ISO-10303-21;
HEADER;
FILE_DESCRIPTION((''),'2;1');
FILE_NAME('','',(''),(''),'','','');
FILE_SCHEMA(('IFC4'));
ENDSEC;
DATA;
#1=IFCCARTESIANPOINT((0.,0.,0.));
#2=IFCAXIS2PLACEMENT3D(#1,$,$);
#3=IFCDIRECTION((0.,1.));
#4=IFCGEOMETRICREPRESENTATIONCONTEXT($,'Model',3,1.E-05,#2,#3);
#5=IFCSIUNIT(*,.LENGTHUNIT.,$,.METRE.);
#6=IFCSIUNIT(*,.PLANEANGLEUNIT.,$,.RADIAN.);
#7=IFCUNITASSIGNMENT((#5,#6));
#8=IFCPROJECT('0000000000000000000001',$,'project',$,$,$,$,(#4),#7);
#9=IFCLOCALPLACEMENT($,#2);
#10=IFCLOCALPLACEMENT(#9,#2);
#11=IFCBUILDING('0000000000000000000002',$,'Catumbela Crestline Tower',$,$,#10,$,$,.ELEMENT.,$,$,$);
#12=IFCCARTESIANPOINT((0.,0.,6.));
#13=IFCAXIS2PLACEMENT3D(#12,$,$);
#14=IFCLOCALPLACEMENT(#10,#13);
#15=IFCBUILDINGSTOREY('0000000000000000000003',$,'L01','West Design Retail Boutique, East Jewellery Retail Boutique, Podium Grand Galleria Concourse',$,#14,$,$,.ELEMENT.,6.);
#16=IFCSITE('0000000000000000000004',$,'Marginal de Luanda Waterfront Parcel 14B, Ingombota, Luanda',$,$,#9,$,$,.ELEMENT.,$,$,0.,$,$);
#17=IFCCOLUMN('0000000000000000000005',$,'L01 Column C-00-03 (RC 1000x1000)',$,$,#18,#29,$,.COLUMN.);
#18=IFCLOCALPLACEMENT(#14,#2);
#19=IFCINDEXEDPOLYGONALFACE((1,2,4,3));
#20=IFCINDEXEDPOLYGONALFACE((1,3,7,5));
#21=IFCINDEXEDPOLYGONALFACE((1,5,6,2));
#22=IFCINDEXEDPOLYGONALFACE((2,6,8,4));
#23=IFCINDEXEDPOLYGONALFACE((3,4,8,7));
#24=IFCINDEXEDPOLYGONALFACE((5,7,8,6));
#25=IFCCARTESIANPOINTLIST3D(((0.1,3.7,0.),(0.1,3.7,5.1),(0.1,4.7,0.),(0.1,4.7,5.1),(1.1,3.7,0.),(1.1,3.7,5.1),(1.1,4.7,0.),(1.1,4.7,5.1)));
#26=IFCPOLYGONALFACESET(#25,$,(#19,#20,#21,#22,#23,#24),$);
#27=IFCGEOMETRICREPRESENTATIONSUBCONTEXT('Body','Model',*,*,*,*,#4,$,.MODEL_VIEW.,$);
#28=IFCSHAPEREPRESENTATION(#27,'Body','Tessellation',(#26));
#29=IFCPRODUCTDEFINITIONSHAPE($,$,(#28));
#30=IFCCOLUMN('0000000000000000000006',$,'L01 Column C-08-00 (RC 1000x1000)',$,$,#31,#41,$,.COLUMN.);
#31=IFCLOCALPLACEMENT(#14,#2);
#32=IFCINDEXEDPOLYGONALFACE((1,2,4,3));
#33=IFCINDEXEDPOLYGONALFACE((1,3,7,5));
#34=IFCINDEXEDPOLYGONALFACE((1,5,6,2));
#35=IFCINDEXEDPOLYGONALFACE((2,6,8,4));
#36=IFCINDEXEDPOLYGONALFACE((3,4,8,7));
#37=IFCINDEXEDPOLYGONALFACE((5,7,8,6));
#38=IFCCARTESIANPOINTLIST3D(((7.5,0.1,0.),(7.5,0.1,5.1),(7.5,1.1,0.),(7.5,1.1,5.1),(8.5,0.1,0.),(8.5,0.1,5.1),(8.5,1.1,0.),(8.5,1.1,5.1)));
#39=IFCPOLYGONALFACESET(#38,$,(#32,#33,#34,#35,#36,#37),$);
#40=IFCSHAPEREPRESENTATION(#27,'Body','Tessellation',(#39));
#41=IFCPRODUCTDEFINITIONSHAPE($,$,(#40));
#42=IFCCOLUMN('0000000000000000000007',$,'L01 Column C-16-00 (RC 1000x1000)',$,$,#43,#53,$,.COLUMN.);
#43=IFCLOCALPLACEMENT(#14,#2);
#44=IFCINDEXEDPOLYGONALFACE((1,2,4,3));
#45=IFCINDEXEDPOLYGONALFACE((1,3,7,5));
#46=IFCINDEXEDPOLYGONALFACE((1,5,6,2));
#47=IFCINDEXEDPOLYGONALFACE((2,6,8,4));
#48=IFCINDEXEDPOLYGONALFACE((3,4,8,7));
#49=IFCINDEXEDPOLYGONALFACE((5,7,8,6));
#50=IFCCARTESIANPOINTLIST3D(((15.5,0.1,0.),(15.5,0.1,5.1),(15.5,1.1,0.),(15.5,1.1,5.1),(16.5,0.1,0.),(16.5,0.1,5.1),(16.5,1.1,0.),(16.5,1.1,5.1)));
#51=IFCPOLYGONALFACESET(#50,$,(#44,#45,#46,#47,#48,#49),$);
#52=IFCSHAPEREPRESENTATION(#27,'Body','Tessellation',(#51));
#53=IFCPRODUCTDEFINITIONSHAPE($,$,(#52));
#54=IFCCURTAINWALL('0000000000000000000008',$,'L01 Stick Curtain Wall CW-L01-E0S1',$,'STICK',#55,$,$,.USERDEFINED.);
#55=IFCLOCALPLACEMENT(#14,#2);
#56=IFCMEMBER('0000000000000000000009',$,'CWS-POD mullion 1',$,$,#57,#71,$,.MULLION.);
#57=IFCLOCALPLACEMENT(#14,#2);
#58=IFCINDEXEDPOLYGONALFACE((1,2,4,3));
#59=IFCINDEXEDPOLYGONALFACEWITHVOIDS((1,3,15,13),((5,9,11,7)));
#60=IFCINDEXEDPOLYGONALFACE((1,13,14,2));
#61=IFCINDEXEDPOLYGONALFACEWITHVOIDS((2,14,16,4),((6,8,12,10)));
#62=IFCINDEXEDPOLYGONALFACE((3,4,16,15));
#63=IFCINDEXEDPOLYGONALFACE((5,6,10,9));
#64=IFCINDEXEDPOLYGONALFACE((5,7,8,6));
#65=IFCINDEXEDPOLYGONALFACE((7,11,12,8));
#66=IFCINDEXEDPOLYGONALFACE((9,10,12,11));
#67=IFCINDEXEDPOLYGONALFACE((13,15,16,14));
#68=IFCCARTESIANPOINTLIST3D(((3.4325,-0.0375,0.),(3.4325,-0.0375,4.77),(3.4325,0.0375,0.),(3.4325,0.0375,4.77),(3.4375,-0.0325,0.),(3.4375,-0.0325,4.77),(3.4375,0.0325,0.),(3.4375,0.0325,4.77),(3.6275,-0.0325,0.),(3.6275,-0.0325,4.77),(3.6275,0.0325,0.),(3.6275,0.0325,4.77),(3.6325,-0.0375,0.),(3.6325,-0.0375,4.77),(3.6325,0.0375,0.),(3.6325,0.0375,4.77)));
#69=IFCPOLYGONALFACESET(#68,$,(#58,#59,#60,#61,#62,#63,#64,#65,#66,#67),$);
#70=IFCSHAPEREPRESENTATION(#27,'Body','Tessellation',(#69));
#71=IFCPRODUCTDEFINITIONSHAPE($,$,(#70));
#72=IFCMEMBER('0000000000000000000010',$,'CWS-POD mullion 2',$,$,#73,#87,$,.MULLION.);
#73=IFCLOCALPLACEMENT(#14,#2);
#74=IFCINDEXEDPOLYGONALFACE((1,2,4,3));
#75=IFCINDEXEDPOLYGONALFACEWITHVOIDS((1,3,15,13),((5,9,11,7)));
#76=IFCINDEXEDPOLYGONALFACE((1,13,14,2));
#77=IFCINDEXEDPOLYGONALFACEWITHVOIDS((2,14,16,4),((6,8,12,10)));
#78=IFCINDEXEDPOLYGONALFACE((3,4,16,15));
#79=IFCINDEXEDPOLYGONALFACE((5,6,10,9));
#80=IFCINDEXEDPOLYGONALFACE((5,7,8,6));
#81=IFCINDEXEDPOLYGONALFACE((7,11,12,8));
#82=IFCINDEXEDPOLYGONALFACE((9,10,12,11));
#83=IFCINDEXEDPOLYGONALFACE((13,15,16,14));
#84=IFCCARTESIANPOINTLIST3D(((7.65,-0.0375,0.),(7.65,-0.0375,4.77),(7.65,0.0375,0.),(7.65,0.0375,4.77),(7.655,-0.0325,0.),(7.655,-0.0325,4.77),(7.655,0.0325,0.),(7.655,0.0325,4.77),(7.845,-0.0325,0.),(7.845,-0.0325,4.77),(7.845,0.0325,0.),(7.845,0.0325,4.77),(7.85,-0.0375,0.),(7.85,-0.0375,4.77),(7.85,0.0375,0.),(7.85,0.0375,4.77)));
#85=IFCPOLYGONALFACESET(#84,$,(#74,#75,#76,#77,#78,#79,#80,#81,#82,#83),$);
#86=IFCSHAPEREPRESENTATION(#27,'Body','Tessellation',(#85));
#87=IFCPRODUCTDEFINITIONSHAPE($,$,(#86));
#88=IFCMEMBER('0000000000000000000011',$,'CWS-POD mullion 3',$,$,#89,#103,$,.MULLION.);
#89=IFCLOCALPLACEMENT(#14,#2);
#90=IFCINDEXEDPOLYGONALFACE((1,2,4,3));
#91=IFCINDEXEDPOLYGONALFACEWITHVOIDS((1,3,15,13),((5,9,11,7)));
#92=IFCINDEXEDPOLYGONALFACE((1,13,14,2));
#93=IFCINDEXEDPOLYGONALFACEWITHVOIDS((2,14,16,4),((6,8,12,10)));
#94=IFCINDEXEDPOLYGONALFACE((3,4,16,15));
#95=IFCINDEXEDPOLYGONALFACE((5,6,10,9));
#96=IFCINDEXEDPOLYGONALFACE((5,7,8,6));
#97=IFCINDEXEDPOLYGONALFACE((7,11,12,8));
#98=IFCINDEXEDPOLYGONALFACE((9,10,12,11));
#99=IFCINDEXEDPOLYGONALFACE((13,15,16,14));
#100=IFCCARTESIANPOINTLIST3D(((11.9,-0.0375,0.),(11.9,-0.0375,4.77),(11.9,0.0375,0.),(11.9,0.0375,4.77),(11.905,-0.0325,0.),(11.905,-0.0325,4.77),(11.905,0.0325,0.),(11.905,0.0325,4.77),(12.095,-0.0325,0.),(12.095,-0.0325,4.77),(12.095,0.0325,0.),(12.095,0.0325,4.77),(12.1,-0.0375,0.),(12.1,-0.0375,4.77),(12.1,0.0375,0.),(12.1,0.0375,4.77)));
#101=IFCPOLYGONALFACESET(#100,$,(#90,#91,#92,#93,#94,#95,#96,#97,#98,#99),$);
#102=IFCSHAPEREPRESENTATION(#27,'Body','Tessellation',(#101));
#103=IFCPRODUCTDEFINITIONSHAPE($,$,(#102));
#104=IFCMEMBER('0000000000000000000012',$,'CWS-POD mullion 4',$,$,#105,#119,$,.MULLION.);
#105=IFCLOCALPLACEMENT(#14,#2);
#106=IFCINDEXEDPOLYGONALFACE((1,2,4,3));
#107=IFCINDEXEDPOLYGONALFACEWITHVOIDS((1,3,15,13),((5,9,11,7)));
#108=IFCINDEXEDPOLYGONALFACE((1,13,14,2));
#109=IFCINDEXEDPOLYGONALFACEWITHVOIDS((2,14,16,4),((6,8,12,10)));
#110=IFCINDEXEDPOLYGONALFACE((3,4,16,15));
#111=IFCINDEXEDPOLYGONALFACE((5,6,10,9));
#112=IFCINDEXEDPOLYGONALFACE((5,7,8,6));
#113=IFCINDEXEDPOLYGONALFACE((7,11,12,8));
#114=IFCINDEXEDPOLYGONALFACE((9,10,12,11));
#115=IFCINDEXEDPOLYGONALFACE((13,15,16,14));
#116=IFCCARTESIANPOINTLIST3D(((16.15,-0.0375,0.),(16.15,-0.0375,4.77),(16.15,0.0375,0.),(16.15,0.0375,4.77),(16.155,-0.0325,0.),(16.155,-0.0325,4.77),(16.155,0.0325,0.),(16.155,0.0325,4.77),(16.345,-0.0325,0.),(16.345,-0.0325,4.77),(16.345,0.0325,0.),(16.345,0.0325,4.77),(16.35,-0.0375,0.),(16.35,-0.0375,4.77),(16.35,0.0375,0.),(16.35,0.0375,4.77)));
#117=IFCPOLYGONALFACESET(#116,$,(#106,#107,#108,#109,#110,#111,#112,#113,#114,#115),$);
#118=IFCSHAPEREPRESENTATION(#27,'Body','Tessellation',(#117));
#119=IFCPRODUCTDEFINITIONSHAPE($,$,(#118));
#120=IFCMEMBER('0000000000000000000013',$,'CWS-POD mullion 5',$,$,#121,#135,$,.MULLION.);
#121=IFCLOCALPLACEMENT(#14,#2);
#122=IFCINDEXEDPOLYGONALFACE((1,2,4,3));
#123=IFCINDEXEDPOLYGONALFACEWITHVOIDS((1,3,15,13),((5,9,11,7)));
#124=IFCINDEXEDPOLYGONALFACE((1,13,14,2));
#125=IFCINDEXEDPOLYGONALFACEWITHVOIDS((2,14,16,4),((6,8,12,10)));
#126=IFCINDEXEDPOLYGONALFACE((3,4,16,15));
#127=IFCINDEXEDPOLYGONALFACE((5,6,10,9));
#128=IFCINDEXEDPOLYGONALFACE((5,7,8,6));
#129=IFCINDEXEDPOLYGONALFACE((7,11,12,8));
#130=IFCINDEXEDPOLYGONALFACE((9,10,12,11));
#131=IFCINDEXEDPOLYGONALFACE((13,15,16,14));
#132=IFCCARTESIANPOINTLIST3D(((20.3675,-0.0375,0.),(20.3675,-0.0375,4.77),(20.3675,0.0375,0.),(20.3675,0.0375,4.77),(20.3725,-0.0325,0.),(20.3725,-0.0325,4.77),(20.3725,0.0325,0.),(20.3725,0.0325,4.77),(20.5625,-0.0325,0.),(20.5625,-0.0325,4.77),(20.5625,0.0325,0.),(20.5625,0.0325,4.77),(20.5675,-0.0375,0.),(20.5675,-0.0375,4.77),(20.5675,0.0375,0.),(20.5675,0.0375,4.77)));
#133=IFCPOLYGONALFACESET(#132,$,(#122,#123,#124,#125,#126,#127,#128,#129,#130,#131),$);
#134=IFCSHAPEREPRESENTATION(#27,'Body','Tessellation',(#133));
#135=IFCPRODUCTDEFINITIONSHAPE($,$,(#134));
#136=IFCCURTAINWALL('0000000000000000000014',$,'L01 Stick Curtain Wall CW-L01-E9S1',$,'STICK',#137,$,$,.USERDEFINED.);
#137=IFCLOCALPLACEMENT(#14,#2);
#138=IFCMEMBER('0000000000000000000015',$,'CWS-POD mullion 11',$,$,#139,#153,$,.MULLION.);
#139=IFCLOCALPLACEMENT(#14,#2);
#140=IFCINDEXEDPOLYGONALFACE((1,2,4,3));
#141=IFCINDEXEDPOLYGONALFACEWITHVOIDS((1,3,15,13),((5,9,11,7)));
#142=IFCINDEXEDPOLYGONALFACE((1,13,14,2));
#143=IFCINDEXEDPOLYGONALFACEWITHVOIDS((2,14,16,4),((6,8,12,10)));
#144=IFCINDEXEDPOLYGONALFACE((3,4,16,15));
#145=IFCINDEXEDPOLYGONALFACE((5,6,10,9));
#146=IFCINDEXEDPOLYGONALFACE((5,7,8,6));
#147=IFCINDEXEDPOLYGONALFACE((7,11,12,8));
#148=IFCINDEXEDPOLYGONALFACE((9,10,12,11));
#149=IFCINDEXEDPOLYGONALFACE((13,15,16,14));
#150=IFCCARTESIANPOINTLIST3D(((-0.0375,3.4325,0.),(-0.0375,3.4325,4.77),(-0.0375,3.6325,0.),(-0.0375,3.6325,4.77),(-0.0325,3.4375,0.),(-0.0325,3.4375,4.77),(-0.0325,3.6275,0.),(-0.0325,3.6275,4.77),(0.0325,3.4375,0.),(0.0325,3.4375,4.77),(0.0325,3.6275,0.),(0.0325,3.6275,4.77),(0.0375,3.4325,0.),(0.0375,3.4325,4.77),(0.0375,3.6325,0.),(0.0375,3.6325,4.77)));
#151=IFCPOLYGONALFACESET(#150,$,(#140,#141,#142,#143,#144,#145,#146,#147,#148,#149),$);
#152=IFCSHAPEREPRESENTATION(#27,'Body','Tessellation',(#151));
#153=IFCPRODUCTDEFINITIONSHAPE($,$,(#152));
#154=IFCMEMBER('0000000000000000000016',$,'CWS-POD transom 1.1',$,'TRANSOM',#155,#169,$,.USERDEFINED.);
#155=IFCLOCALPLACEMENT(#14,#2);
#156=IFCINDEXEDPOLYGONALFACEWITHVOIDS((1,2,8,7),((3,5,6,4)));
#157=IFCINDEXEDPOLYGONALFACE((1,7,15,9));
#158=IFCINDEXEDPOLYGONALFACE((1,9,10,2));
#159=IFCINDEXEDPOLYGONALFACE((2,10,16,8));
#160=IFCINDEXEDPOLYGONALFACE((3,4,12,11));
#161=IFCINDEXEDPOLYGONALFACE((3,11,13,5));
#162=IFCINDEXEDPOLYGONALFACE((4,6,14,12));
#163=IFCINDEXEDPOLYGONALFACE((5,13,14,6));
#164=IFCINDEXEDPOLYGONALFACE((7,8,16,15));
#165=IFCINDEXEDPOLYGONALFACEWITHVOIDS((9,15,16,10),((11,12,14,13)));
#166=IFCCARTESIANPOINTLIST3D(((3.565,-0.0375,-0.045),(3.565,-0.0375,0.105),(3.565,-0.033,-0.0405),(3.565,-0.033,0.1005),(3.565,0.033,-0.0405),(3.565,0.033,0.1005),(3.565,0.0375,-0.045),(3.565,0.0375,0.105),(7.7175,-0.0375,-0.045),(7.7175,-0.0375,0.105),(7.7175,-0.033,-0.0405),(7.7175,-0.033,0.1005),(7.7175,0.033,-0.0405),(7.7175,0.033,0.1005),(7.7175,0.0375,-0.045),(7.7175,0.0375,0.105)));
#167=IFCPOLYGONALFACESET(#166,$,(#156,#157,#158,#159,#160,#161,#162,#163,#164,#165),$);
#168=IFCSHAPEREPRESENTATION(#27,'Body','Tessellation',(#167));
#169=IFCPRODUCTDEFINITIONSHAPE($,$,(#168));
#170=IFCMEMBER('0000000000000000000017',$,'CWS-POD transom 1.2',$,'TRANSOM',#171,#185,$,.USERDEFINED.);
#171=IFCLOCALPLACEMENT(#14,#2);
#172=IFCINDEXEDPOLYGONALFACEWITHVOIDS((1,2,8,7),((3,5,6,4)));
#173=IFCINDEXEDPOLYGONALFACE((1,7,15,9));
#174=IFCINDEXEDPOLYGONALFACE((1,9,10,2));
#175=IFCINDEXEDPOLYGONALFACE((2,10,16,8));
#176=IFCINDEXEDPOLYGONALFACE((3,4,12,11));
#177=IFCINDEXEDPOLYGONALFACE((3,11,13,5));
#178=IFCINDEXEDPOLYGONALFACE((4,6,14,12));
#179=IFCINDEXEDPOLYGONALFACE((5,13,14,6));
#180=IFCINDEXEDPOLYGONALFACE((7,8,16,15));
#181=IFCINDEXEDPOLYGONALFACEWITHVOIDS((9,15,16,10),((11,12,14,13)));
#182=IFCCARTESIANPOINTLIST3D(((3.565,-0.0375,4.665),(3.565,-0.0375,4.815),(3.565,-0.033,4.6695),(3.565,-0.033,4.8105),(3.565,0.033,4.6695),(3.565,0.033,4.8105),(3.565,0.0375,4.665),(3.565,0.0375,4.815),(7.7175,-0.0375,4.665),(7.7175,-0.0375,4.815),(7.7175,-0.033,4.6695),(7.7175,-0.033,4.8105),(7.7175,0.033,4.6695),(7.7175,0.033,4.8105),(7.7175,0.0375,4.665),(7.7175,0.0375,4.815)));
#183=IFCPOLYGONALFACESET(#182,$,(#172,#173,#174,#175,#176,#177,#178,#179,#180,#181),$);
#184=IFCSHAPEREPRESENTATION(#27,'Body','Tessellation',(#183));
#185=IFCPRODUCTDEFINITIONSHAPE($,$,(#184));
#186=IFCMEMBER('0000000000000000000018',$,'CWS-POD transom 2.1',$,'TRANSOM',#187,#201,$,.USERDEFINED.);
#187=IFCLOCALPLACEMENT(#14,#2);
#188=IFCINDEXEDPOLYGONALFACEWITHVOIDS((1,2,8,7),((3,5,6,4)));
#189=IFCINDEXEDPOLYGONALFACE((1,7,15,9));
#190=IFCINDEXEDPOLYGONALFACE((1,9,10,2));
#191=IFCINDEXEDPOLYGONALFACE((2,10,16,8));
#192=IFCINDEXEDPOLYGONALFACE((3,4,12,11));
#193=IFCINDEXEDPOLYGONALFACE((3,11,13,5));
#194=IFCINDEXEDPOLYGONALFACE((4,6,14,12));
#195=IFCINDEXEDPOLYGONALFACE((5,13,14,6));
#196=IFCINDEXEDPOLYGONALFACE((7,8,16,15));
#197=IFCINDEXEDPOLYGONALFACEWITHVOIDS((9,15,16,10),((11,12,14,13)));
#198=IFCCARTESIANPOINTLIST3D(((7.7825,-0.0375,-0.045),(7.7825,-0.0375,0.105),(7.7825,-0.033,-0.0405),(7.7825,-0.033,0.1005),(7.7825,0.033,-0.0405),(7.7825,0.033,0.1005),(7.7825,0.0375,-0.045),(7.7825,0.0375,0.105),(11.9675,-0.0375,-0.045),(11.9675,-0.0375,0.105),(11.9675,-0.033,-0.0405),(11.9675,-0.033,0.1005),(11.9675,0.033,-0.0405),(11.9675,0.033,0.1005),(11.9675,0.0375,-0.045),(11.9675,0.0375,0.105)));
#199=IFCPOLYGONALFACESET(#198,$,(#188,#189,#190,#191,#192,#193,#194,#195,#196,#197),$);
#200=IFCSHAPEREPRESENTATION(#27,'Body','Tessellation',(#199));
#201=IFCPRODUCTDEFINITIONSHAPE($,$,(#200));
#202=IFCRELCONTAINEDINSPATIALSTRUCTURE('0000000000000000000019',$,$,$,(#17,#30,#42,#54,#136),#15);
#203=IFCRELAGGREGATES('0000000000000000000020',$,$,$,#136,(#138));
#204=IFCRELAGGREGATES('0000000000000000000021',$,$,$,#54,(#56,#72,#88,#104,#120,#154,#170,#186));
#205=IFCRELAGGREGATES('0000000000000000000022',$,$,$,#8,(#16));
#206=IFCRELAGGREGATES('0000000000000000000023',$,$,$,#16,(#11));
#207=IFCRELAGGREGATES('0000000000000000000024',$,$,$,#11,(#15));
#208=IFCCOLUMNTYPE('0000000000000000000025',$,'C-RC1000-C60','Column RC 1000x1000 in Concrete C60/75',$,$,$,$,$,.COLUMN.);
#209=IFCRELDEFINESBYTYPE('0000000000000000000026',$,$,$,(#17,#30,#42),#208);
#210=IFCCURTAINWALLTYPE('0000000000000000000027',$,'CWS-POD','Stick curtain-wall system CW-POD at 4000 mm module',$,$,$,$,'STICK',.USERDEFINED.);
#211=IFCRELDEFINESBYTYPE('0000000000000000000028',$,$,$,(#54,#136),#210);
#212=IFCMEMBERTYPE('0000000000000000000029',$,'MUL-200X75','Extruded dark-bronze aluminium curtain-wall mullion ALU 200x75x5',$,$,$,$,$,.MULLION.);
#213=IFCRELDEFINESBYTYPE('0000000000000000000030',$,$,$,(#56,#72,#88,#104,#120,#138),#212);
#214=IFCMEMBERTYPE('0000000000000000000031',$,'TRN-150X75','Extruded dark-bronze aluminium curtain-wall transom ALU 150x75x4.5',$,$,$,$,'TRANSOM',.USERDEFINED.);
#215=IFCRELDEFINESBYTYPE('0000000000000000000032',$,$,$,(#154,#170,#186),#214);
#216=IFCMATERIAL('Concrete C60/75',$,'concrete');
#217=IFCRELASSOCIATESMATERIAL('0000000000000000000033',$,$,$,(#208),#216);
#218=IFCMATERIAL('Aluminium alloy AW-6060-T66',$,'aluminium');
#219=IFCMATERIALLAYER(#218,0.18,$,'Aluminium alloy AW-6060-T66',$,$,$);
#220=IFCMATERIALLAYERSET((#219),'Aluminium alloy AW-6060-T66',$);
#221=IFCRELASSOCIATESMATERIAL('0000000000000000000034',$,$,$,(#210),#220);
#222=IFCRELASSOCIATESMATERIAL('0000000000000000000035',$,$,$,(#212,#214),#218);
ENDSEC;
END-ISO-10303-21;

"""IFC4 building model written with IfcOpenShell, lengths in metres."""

from ifc_helpers import new_model, si_unit, direction, frame, origin, origin_2d, place, context, subcontext, project, spatial, rectangle, hollow_rectangle, extrude, material, layer, layer_set, material_profile, profile_set, type_object, element, aggregate, save


model = new_model("IFC4")

# Units and contexts
model_context = context("Model", 3, precision=1e-05, world=origin(), true_north=direction((0.0, 1.0)))
body_context = subcontext(model_context, "Body", "Model", "MODEL_VIEW")
ifc_project = project(units=[si_unit("LENGTHUNIT", "METRE"), si_unit("PLANEANGLEUNIT", "RADIAN")], contexts=[model_context])

# Site, building, storey
site_placement = place(None, origin())
site = spatial("IfcSite", under=ifc_project, at=site_placement, Name="Marginal de Luanda Waterfront Parcel 14B, Ingombota, Luanda", CompositionType="ELEMENT", RefElevation=0.0)
building_placement = place(site_placement, origin())
building = spatial("IfcBuilding", under=site, at=building_placement, Name="Catumbela Crestline Tower", CompositionType="ELEMENT")
storey_placement = place(building_placement, frame((0.0, 0.0, 6.0)))
storey = spatial("IfcBuildingStorey", under=building, at=storey_placement, Name="L01", Description="West Design Retail Boutique, East Jewellery Retail Boutique, Podium Grand Galleria Concourse", CompositionType="ELEMENT", Elevation=6.0)

# Columns
ifc_material_1 = material(Name="Concrete C60/75", Category="concrete")
ifc_material_profile_1 = material_profile(ifc_material_1, rectangle(XDim=1.0, YDim=1.0, at=origin_2d()), Name="RC 1000x1000")
ifc_profile_set_1 = profile_set([ifc_material_profile_1], Name="Concrete C60/75")
column_type = type_object("IfcColumnType", Name="C-RC1000-C60", Description="Column RC 1000x1000 in Concrete C60/75", PredefinedType="COLUMN", material=ifc_profile_set_1)
for number, where, z_axis, x_axis, name in (
    (1, (0.6, 4.2, 0.0), (0.0, 0.0, 1.0), (1.0, 0.0, 0.0), "L01 Column C-00-03 (RC 1000x1000)"),
    (2, (8.0, 0.6, 0.0), (0.0, 0.0, 1.0), (1.0, 0.0, 0.0), "L01 Column C-08-00 (RC 1000x1000)"),
    (3, (16.0, 0.6, 0.0), (0.0, 0.0, 1.0), (1.0, 0.0, 0.0), "L01 Column C-16-00 (RC 1000x1000)"),
):
    element("IfcColumn", number, at=place(storey_placement, frame(where, z_axis=z_axis, x_axis=x_axis)), inside=storey, type_object=column_type, Name=name, PredefinedType="COLUMN", context=body_context, shape_type="SweptSolid", body=[
        extrude(rectangle(XDim=1.0, YDim=1.0, at=origin_2d()), origin(), (0.0, 0.0, 1.0), 5.1),
    ])

# Curtain wall, members
ifc_material_2 = material(Name="Aluminium alloy AW-6060-T66", Category="aluminium")
ifc_layer_1 = layer(ifc_material_2, 0.18, Name="Aluminium alloy AW-6060-T66")
ifc_layer_set_1 = layer_set([ifc_layer_1], Name="Aluminium alloy AW-6060-T66")
curtain_wall_type = type_object("IfcCurtainWallType", Name="CWS-POD", Description="Stick curtain-wall system CW-POD at 4000 mm module", ElementType="STICK", PredefinedType="USERDEFINED", material=ifc_layer_set_1)
curtain_wall_1_placement = place(storey_placement, origin())
curtain_wall_1 = element("IfcCurtainWall", 4, at=curtain_wall_1_placement, inside=storey, type_object=curtain_wall_type, Name="L01 Stick Curtain Wall CW-L01-E0S1", ObjectType="STICK", PredefinedType="USERDEFINED")
ifc_material_profile_2 = material_profile(ifc_material_2, hollow_rectangle(XDim=0.075, YDim=0.2, WallThickness=0.005, at=origin_2d()), Name="ALU 200x75x5")
ifc_profile_set_2 = profile_set([ifc_material_profile_2], Name="Aluminium alloy AW-6060-T66")
member_type_1 = type_object("IfcMemberType", Name="MUL-200X75", Description="Extruded dark-bronze aluminium curtain-wall mullion ALU 200x75x5", PredefinedType="MULLION", material=ifc_profile_set_2)
member_1_placement = place(storey_placement, frame((3.5325, 0.0, 0.0), z_axis=(0.0, 0.0, 1.0), x_axis=(0.0, 1.0, 0.0)))
member_1 = element("IfcMember", 5, at=member_1_placement, type_object=member_type_1, Name="CWS-POD mullion 1", PredefinedType="MULLION", context=body_context, shape_type="SweptSolid", body=[
    extrude(hollow_rectangle(XDim=0.075, YDim=0.2, WallThickness=0.005, at=origin_2d()), origin(), (0.0, 0.0, 1.0), 4.77),
])
member_2_placement = place(storey_placement, frame((7.75, 0.0, 0.0), z_axis=(0.0, 0.0, 1.0), x_axis=(0.0, 1.0, 0.0)))
member_2 = element("IfcMember", 6, at=member_2_placement, type_object=member_type_1, Name="CWS-POD mullion 2", PredefinedType="MULLION", context=body_context, shape_type="SweptSolid", body=[
    extrude(hollow_rectangle(XDim=0.075, YDim=0.2, WallThickness=0.005, at=origin_2d()), origin(), (0.0, 0.0, 1.0), 4.77),
])
member_3_placement = place(storey_placement, frame((12.0, 0.0, 0.0), z_axis=(0.0, 0.0, 1.0), x_axis=(0.0, 1.0, 0.0)))
member_3 = element("IfcMember", 7, at=member_3_placement, type_object=member_type_1, Name="CWS-POD mullion 3", PredefinedType="MULLION", context=body_context, shape_type="SweptSolid", body=[
    extrude(hollow_rectangle(XDim=0.075, YDim=0.2, WallThickness=0.005, at=origin_2d()), origin(), (0.0, 0.0, 1.0), 4.77),
])
member_4_placement = place(storey_placement, frame((16.25, 0.0, 0.0), z_axis=(0.0, 0.0, 1.0), x_axis=(0.0, 1.0, 0.0)))
member_4 = element("IfcMember", 8, at=member_4_placement, type_object=member_type_1, Name="CWS-POD mullion 4", PredefinedType="MULLION", context=body_context, shape_type="SweptSolid", body=[
    extrude(hollow_rectangle(XDim=0.075, YDim=0.2, WallThickness=0.005, at=origin_2d()), origin(), (0.0, 0.0, 1.0), 4.77),
])
member_5_placement = place(storey_placement, frame((20.4675, 0.0, 0.0), z_axis=(0.0, 0.0, 1.0), x_axis=(0.0, 1.0, 0.0)))
member_5 = element("IfcMember", 9, at=member_5_placement, type_object=member_type_1, Name="CWS-POD mullion 5", PredefinedType="MULLION", context=body_context, shape_type="SweptSolid", body=[
    extrude(hollow_rectangle(XDim=0.075, YDim=0.2, WallThickness=0.005, at=origin_2d()), origin(), (0.0, 0.0, 1.0), 4.77),
])

# Curtain wall, member
curtain_wall_2_placement = place(storey_placement, origin())
curtain_wall_2 = element("IfcCurtainWall", 10, at=curtain_wall_2_placement, inside=storey, type_object=curtain_wall_type, Name="L01 Stick Curtain Wall CW-L01-E9S1", ObjectType="STICK", PredefinedType="USERDEFINED")
member_6_placement = place(storey_placement, frame((0.0, 3.5325, 0.0), z_axis=(0.0, 0.0, 1.0), x_axis=(1.0, 0.0, 0.0)))
member_6 = element("IfcMember", 11, at=member_6_placement, type_object=member_type_1, Name="CWS-POD mullion 11", PredefinedType="MULLION", context=body_context, shape_type="SweptSolid", body=[
    extrude(hollow_rectangle(XDim=0.075, YDim=0.2, WallThickness=0.005, at=origin_2d()), origin(), (0.0, 0.0, 1.0), 4.77),
])
aggregate(curtain_wall_2, [member_6])

# Members
ifc_material_profile_3 = material_profile(ifc_material_2, hollow_rectangle(XDim=0.075, YDim=0.15, WallThickness=0.0045, at=origin_2d()), Name="ALU 150x75x4.5")
ifc_profile_set_3 = profile_set([ifc_material_profile_3], Name="Aluminium alloy AW-6060-T66")
member_type_2 = type_object("IfcMemberType", Name="TRN-150X75", Description="Extruded dark-bronze aluminium curtain-wall transom ALU 150x75x4.5", ElementType="TRANSOM", PredefinedType="USERDEFINED", material=ifc_profile_set_3)
member_7_placement = place(storey_placement, frame((3.565, 0.0, 0.03), z_axis=(1.0, 0.0, 0.0), x_axis=(0.0, 1.0, 0.0)))
member_7 = element("IfcMember", 12, at=member_7_placement, type_object=member_type_2, Name="CWS-POD transom 1.1", ObjectType="TRANSOM", PredefinedType="USERDEFINED", context=body_context, shape_type="SweptSolid", body=[
    extrude(hollow_rectangle(XDim=0.075, YDim=0.15, WallThickness=0.0045, at=origin_2d()), origin(), (0.0, 0.0, 1.0), 4.1525),
])
member_8_placement = place(storey_placement, frame((3.565, 0.0, 4.74), z_axis=(1.0, 0.0, 0.0), x_axis=(0.0, 1.0, 0.0)))
member_8 = element("IfcMember", 13, at=member_8_placement, type_object=member_type_2, Name="CWS-POD transom 1.2", ObjectType="TRANSOM", PredefinedType="USERDEFINED", context=body_context, shape_type="SweptSolid", body=[
    extrude(hollow_rectangle(XDim=0.075, YDim=0.15, WallThickness=0.0045, at=origin_2d()), origin(), (0.0, 0.0, 1.0), 4.1525),
])
member_9_placement = place(storey_placement, frame((7.7825, 0.0, 0.03), z_axis=(1.0, 0.0, 0.0), x_axis=(0.0, 1.0, 0.0)))
member_9 = element("IfcMember", 14, at=member_9_placement, type_object=member_type_2, Name="CWS-POD transom 2.1", ObjectType="TRANSOM", PredefinedType="USERDEFINED", context=body_context, shape_type="SweptSolid", body=[
    extrude(hollow_rectangle(XDim=0.075, YDim=0.15, WallThickness=0.0045, at=origin_2d()), origin(), (0.0, 0.0, 1.0), 4.185),
])

aggregate(curtain_wall_1, [member_1, member_2, member_3, member_4, member_5, member_7, member_8, member_9])

save(model, "model.ifc")
